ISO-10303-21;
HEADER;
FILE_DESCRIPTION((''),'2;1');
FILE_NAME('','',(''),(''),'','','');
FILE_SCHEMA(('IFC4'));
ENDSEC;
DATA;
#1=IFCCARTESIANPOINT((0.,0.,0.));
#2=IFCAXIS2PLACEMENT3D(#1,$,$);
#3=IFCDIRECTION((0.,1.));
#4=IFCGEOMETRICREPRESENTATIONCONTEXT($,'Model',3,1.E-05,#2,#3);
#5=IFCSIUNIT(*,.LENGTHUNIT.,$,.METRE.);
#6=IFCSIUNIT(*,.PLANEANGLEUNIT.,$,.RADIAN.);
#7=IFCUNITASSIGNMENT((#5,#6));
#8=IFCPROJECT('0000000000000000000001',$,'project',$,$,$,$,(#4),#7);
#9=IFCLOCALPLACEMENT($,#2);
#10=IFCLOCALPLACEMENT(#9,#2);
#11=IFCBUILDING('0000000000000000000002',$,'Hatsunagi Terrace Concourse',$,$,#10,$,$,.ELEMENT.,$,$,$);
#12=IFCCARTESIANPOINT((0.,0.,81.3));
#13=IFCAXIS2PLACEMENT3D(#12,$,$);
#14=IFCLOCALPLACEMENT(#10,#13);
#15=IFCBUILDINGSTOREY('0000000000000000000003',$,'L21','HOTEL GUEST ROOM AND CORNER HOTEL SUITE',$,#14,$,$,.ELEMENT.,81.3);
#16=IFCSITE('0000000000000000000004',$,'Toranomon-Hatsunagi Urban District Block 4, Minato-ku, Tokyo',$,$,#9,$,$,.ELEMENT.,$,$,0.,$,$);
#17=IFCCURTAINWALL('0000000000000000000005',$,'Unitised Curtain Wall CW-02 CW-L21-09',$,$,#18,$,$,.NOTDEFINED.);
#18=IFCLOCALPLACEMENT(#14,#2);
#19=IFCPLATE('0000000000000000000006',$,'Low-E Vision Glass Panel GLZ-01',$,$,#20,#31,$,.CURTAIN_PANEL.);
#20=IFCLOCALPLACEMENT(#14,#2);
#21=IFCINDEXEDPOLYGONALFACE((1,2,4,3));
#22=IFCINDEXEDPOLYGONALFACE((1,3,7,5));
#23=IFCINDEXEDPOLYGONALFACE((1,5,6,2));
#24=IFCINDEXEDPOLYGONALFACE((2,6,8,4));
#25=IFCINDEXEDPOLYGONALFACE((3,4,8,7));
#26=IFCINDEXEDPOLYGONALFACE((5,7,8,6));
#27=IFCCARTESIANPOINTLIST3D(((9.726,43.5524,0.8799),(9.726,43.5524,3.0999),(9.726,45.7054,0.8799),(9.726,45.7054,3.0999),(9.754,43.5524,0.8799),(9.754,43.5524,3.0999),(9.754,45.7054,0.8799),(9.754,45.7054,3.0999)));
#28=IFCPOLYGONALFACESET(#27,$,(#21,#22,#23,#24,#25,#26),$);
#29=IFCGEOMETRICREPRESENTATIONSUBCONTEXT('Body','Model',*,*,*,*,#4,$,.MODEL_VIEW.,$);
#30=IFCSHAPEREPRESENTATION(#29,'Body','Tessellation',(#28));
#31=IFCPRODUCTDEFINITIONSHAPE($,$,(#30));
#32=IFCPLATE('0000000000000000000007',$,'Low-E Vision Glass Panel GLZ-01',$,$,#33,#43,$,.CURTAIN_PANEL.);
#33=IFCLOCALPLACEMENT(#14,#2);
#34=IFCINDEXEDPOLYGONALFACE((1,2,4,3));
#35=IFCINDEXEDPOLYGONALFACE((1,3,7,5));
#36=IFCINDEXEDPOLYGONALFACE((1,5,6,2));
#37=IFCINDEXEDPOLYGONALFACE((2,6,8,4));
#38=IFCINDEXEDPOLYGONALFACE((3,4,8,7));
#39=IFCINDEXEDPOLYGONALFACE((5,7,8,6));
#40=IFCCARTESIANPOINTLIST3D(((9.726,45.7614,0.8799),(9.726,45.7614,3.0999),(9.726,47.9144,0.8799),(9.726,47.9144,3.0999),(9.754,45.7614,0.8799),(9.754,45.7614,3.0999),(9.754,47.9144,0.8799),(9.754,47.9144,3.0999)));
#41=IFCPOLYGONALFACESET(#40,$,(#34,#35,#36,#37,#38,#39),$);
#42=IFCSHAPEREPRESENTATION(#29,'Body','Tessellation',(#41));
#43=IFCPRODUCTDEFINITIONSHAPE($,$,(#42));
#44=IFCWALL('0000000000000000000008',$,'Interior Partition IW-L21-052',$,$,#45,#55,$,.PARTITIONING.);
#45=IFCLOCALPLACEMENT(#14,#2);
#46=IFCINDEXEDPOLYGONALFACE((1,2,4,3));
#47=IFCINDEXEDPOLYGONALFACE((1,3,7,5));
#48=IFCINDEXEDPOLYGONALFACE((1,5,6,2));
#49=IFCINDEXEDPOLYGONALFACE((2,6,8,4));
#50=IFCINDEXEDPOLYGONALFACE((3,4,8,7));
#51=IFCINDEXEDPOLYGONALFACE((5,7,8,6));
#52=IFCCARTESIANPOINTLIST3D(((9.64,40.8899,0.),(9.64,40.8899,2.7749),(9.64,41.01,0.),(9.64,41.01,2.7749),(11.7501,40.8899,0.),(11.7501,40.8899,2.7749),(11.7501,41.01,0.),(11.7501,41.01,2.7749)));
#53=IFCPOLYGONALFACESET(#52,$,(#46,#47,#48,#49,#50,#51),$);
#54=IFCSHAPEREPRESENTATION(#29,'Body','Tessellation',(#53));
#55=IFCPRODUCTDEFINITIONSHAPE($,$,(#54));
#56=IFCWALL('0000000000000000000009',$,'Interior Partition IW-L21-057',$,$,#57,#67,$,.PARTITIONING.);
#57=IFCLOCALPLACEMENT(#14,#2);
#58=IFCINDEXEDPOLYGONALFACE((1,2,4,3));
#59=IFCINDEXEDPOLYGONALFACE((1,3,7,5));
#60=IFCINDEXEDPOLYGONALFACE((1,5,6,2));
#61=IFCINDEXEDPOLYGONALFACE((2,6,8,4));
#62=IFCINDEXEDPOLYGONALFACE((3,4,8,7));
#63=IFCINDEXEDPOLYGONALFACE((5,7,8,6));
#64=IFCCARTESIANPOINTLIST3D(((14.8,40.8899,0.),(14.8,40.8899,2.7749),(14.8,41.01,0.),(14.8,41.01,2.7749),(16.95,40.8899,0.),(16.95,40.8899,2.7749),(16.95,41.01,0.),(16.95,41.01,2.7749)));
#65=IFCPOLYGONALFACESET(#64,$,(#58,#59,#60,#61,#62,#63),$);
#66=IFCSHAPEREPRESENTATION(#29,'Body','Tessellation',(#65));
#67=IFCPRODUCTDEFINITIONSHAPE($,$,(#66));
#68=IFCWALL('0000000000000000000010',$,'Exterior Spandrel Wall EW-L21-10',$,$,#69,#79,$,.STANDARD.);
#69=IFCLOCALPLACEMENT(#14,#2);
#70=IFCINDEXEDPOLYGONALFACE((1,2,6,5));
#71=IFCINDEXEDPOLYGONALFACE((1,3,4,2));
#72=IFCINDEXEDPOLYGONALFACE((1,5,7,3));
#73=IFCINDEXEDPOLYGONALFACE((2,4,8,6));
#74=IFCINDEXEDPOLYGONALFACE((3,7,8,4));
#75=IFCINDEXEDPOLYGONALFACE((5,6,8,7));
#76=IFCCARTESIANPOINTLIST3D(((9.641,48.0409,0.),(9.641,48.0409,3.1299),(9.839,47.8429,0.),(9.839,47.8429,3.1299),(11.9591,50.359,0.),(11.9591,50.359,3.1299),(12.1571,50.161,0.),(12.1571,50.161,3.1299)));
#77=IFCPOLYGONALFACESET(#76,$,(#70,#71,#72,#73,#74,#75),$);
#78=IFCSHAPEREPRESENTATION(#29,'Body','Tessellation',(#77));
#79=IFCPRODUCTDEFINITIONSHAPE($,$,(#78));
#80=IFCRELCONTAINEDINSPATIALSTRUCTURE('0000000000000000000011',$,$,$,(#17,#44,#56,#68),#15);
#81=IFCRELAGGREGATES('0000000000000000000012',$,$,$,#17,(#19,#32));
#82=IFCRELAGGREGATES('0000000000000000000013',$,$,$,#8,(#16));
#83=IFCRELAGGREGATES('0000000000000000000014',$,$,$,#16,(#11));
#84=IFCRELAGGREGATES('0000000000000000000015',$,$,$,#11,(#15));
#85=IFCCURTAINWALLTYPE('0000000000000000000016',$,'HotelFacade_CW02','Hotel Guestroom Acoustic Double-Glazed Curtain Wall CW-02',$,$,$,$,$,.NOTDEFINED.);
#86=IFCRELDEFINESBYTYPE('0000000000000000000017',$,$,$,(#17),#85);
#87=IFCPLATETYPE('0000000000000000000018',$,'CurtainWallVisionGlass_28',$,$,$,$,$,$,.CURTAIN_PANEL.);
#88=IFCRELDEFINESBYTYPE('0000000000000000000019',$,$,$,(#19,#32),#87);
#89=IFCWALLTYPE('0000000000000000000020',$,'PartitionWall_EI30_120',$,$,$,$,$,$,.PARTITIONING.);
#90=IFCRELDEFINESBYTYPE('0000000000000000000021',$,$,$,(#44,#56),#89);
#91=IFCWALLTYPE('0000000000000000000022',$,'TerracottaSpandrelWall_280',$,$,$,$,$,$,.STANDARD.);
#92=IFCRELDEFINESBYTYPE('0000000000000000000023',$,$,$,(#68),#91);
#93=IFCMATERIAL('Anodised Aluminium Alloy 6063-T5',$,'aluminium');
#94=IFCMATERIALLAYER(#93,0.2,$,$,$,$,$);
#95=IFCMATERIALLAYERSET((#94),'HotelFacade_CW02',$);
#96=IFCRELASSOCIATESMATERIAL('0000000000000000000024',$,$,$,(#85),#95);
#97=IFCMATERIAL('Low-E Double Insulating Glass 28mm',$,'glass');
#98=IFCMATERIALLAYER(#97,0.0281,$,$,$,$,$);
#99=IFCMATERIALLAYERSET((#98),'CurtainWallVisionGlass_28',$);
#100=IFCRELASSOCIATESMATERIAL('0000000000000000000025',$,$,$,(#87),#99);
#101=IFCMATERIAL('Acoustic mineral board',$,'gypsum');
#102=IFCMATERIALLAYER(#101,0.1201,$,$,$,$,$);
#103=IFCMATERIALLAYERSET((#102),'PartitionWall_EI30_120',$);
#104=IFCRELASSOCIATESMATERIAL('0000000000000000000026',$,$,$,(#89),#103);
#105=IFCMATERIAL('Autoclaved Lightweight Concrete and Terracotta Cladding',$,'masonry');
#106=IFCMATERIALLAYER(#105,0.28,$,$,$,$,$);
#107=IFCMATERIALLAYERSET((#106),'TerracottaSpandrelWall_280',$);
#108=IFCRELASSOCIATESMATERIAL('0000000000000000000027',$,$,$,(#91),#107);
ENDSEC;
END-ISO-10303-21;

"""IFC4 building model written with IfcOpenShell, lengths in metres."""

from ifc_helpers import new_model, si_unit, direction, frame, frame_2d, origin, origin_2d, place, context, subcontext, project, spatial, rectangle, extrude, material, layer, layer_set, type_object, element, aggregate, save


model = new_model("IFC4")

# Units and contexts
model_context = context("Model", 3, precision=1e-05, world=origin(), true_north=direction((0.0, 1.0)))
body_context = subcontext(model_context, "Body", "Model", "MODEL_VIEW")
ifc_project = project(units=[si_unit("LENGTHUNIT", "METRE"), si_unit("PLANEANGLEUNIT", "RADIAN")], contexts=[model_context])

# Site, building, storey
site_placement = place(None, origin())
site = spatial("IfcSite", under=ifc_project, at=site_placement, Name="Toranomon-Hatsunagi Urban District Block 4, Minato-ku, Tokyo", CompositionType="ELEMENT", RefElevation=0.0)
building_placement = place(site_placement, origin())
building = spatial("IfcBuilding", under=site, at=building_placement, Name="Hatsunagi Terrace Concourse", CompositionType="ELEMENT")
storey_placement = place(building_placement, frame((0.0, 0.0, 81.3)))
storey = spatial("IfcBuildingStorey", under=building, at=storey_placement, Name="L21", Description="HOTEL GUEST ROOM AND CORNER HOTEL SUITE", CompositionType="ELEMENT", Elevation=81.3)

# Curtain wall
ifc_material_1 = material(Name="Anodised Aluminium Alloy 6063-T5", Category="aluminium")
ifc_layer_1 = layer(ifc_material_1, 0.2)
ifc_layer_set_1 = layer_set([ifc_layer_1], Name="HotelFacade_CW02")
curtain_wall_type = type_object("IfcCurtainWallType", Name="HotelFacade_CW02", Description="Hotel Guestroom Acoustic Double-Glazed Curtain Wall CW-02", PredefinedType="NOTDEFINED", material=ifc_layer_set_1)
curtain_wall_placement = place(storey_placement, origin())
curtain_wall = element("IfcCurtainWall", 1, at=curtain_wall_placement, inside=storey, type_object=curtain_wall_type, Name="Unitised Curtain Wall CW-02 CW-L21-09", PredefinedType="NOTDEFINED")

# Plates
ifc_material_2 = material(Name="Low-E Double Insulating Glass 28mm", Category="glass")
ifc_layer_2 = layer(ifc_material_2, 0.0281)
ifc_layer_set_2 = layer_set([ifc_layer_2], Name="CurtainWallVisionGlass_28")
plate_type_1 = type_object("IfcPlateType", Name="CurtainWallVisionGlass_28", PredefinedType="CURTAIN_PANEL", material=ifc_layer_set_2)
plate_1_placement = place(storey_placement, frame((9.74, 44.6289, 0.8799), z_axis=(0.0, 0.0, 1.0), x_axis=(0.0, 1.0, 0.0)))
plate_1 = element("IfcPlate", 2, at=plate_1_placement, type_object=plate_type_1, Name="Low-E Vision Glass Panel GLZ-01", PredefinedType="CURTAIN_PANEL", context=body_context, shape_type="SweptSolid", body=[
    extrude(rectangle(XDim=2.1531, YDim=0.0281, at=origin_2d()), origin(), (0.0, 0.0, 1.0), 2.22),
])
plate_2_placement = place(storey_placement, frame((9.74, 46.8379, 0.8799), z_axis=(0.0, 0.0, 1.0), x_axis=(0.0, 1.0, 0.0)))
plate_2 = element("IfcPlate", 3, at=plate_2_placement, type_object=plate_type_1, Name="Low-E Vision Glass Panel GLZ-01", PredefinedType="CURTAIN_PANEL", context=body_context, shape_type="SweptSolid", body=[
    extrude(rectangle(XDim=2.1531, YDim=0.0281, at=origin_2d()), origin(), (0.0, 0.0, 1.0), 2.22),
])
aggregate(curtain_wall, [plate_1, plate_2])

# Walls
ifc_material_3 = material(Name="Acoustic mineral board", Category="gypsum")
ifc_layer_3 = layer(ifc_material_3, 0.1201)
ifc_layer_set_3 = layer_set([ifc_layer_3], Name="PartitionWall_EI30_120")
wall_type_1 = type_object("IfcWallType", Name="PartitionWall_EI30_120", PredefinedType="PARTITIONING", material=ifc_layer_set_3)
wall_1_placement = place(storey_placement, frame((9.6399, 40.95, 0.0), z_axis=(0.0, 0.0, 1.0), x_axis=(1.0, 0.0, 0.0)))
element("IfcWall", 4, at=wall_1_placement, inside=storey, type_object=wall_type_1, Name="Interior Partition IW-L21-052", PredefinedType="PARTITIONING", context=body_context, shape_type="SweptSolid", body=[
    extrude(rectangle(XDim=2.1101, YDim=0.1201, at=frame_2d((1.0552, 0.0))), origin(), (0.0, 0.0, 1.0), 2.7749),
])
wall_2_placement = place(storey_placement, frame((14.8, 40.95, 0.0), z_axis=(0.0, 0.0, 1.0), x_axis=(1.0, 0.0, 0.0)))
element("IfcWall", 5, at=wall_2_placement, inside=storey, type_object=wall_type_1, Name="Interior Partition IW-L21-057", PredefinedType="PARTITIONING", context=body_context, shape_type="SweptSolid", body=[
    extrude(rectangle(XDim=2.1499, YDim=0.1201, at=frame_2d((1.075, 0.0))), origin(), (0.0, 0.0, 1.0), 2.7749),
])
ifc_material_4 = material(Name="Autoclaved Lightweight Concrete and Terracotta Cladding", Category="masonry")
ifc_layer_4 = layer(ifc_material_4, 0.28)
ifc_layer_set_4 = layer_set([ifc_layer_4], Name="TerracottaSpandrelWall_280")
wall_type_2 = type_object("IfcWallType", Name="TerracottaSpandrelWall_280", PredefinedType="STANDARD", material=ifc_layer_set_4)
wall_3_placement = place(storey_placement, frame((9.74, 47.9419, 0.0), z_axis=(0.0, 0.0, 1.0), x_axis=(0.707107, 0.707107, 0.0)))
element("IfcWall", 6, at=wall_3_placement, inside=storey, type_object=wall_type_2, Name="Exterior Spandrel Wall EW-L21-10", PredefinedType="STANDARD", context=body_context, shape_type="SweptSolid", body=[
    extrude(rectangle(XDim=3.2783, YDim=0.28, at=frame_2d((1.6392, 0.0))), origin(), (0.0, 0.0, 1.0), 3.1299),
])

save(model, "model.ifc")
